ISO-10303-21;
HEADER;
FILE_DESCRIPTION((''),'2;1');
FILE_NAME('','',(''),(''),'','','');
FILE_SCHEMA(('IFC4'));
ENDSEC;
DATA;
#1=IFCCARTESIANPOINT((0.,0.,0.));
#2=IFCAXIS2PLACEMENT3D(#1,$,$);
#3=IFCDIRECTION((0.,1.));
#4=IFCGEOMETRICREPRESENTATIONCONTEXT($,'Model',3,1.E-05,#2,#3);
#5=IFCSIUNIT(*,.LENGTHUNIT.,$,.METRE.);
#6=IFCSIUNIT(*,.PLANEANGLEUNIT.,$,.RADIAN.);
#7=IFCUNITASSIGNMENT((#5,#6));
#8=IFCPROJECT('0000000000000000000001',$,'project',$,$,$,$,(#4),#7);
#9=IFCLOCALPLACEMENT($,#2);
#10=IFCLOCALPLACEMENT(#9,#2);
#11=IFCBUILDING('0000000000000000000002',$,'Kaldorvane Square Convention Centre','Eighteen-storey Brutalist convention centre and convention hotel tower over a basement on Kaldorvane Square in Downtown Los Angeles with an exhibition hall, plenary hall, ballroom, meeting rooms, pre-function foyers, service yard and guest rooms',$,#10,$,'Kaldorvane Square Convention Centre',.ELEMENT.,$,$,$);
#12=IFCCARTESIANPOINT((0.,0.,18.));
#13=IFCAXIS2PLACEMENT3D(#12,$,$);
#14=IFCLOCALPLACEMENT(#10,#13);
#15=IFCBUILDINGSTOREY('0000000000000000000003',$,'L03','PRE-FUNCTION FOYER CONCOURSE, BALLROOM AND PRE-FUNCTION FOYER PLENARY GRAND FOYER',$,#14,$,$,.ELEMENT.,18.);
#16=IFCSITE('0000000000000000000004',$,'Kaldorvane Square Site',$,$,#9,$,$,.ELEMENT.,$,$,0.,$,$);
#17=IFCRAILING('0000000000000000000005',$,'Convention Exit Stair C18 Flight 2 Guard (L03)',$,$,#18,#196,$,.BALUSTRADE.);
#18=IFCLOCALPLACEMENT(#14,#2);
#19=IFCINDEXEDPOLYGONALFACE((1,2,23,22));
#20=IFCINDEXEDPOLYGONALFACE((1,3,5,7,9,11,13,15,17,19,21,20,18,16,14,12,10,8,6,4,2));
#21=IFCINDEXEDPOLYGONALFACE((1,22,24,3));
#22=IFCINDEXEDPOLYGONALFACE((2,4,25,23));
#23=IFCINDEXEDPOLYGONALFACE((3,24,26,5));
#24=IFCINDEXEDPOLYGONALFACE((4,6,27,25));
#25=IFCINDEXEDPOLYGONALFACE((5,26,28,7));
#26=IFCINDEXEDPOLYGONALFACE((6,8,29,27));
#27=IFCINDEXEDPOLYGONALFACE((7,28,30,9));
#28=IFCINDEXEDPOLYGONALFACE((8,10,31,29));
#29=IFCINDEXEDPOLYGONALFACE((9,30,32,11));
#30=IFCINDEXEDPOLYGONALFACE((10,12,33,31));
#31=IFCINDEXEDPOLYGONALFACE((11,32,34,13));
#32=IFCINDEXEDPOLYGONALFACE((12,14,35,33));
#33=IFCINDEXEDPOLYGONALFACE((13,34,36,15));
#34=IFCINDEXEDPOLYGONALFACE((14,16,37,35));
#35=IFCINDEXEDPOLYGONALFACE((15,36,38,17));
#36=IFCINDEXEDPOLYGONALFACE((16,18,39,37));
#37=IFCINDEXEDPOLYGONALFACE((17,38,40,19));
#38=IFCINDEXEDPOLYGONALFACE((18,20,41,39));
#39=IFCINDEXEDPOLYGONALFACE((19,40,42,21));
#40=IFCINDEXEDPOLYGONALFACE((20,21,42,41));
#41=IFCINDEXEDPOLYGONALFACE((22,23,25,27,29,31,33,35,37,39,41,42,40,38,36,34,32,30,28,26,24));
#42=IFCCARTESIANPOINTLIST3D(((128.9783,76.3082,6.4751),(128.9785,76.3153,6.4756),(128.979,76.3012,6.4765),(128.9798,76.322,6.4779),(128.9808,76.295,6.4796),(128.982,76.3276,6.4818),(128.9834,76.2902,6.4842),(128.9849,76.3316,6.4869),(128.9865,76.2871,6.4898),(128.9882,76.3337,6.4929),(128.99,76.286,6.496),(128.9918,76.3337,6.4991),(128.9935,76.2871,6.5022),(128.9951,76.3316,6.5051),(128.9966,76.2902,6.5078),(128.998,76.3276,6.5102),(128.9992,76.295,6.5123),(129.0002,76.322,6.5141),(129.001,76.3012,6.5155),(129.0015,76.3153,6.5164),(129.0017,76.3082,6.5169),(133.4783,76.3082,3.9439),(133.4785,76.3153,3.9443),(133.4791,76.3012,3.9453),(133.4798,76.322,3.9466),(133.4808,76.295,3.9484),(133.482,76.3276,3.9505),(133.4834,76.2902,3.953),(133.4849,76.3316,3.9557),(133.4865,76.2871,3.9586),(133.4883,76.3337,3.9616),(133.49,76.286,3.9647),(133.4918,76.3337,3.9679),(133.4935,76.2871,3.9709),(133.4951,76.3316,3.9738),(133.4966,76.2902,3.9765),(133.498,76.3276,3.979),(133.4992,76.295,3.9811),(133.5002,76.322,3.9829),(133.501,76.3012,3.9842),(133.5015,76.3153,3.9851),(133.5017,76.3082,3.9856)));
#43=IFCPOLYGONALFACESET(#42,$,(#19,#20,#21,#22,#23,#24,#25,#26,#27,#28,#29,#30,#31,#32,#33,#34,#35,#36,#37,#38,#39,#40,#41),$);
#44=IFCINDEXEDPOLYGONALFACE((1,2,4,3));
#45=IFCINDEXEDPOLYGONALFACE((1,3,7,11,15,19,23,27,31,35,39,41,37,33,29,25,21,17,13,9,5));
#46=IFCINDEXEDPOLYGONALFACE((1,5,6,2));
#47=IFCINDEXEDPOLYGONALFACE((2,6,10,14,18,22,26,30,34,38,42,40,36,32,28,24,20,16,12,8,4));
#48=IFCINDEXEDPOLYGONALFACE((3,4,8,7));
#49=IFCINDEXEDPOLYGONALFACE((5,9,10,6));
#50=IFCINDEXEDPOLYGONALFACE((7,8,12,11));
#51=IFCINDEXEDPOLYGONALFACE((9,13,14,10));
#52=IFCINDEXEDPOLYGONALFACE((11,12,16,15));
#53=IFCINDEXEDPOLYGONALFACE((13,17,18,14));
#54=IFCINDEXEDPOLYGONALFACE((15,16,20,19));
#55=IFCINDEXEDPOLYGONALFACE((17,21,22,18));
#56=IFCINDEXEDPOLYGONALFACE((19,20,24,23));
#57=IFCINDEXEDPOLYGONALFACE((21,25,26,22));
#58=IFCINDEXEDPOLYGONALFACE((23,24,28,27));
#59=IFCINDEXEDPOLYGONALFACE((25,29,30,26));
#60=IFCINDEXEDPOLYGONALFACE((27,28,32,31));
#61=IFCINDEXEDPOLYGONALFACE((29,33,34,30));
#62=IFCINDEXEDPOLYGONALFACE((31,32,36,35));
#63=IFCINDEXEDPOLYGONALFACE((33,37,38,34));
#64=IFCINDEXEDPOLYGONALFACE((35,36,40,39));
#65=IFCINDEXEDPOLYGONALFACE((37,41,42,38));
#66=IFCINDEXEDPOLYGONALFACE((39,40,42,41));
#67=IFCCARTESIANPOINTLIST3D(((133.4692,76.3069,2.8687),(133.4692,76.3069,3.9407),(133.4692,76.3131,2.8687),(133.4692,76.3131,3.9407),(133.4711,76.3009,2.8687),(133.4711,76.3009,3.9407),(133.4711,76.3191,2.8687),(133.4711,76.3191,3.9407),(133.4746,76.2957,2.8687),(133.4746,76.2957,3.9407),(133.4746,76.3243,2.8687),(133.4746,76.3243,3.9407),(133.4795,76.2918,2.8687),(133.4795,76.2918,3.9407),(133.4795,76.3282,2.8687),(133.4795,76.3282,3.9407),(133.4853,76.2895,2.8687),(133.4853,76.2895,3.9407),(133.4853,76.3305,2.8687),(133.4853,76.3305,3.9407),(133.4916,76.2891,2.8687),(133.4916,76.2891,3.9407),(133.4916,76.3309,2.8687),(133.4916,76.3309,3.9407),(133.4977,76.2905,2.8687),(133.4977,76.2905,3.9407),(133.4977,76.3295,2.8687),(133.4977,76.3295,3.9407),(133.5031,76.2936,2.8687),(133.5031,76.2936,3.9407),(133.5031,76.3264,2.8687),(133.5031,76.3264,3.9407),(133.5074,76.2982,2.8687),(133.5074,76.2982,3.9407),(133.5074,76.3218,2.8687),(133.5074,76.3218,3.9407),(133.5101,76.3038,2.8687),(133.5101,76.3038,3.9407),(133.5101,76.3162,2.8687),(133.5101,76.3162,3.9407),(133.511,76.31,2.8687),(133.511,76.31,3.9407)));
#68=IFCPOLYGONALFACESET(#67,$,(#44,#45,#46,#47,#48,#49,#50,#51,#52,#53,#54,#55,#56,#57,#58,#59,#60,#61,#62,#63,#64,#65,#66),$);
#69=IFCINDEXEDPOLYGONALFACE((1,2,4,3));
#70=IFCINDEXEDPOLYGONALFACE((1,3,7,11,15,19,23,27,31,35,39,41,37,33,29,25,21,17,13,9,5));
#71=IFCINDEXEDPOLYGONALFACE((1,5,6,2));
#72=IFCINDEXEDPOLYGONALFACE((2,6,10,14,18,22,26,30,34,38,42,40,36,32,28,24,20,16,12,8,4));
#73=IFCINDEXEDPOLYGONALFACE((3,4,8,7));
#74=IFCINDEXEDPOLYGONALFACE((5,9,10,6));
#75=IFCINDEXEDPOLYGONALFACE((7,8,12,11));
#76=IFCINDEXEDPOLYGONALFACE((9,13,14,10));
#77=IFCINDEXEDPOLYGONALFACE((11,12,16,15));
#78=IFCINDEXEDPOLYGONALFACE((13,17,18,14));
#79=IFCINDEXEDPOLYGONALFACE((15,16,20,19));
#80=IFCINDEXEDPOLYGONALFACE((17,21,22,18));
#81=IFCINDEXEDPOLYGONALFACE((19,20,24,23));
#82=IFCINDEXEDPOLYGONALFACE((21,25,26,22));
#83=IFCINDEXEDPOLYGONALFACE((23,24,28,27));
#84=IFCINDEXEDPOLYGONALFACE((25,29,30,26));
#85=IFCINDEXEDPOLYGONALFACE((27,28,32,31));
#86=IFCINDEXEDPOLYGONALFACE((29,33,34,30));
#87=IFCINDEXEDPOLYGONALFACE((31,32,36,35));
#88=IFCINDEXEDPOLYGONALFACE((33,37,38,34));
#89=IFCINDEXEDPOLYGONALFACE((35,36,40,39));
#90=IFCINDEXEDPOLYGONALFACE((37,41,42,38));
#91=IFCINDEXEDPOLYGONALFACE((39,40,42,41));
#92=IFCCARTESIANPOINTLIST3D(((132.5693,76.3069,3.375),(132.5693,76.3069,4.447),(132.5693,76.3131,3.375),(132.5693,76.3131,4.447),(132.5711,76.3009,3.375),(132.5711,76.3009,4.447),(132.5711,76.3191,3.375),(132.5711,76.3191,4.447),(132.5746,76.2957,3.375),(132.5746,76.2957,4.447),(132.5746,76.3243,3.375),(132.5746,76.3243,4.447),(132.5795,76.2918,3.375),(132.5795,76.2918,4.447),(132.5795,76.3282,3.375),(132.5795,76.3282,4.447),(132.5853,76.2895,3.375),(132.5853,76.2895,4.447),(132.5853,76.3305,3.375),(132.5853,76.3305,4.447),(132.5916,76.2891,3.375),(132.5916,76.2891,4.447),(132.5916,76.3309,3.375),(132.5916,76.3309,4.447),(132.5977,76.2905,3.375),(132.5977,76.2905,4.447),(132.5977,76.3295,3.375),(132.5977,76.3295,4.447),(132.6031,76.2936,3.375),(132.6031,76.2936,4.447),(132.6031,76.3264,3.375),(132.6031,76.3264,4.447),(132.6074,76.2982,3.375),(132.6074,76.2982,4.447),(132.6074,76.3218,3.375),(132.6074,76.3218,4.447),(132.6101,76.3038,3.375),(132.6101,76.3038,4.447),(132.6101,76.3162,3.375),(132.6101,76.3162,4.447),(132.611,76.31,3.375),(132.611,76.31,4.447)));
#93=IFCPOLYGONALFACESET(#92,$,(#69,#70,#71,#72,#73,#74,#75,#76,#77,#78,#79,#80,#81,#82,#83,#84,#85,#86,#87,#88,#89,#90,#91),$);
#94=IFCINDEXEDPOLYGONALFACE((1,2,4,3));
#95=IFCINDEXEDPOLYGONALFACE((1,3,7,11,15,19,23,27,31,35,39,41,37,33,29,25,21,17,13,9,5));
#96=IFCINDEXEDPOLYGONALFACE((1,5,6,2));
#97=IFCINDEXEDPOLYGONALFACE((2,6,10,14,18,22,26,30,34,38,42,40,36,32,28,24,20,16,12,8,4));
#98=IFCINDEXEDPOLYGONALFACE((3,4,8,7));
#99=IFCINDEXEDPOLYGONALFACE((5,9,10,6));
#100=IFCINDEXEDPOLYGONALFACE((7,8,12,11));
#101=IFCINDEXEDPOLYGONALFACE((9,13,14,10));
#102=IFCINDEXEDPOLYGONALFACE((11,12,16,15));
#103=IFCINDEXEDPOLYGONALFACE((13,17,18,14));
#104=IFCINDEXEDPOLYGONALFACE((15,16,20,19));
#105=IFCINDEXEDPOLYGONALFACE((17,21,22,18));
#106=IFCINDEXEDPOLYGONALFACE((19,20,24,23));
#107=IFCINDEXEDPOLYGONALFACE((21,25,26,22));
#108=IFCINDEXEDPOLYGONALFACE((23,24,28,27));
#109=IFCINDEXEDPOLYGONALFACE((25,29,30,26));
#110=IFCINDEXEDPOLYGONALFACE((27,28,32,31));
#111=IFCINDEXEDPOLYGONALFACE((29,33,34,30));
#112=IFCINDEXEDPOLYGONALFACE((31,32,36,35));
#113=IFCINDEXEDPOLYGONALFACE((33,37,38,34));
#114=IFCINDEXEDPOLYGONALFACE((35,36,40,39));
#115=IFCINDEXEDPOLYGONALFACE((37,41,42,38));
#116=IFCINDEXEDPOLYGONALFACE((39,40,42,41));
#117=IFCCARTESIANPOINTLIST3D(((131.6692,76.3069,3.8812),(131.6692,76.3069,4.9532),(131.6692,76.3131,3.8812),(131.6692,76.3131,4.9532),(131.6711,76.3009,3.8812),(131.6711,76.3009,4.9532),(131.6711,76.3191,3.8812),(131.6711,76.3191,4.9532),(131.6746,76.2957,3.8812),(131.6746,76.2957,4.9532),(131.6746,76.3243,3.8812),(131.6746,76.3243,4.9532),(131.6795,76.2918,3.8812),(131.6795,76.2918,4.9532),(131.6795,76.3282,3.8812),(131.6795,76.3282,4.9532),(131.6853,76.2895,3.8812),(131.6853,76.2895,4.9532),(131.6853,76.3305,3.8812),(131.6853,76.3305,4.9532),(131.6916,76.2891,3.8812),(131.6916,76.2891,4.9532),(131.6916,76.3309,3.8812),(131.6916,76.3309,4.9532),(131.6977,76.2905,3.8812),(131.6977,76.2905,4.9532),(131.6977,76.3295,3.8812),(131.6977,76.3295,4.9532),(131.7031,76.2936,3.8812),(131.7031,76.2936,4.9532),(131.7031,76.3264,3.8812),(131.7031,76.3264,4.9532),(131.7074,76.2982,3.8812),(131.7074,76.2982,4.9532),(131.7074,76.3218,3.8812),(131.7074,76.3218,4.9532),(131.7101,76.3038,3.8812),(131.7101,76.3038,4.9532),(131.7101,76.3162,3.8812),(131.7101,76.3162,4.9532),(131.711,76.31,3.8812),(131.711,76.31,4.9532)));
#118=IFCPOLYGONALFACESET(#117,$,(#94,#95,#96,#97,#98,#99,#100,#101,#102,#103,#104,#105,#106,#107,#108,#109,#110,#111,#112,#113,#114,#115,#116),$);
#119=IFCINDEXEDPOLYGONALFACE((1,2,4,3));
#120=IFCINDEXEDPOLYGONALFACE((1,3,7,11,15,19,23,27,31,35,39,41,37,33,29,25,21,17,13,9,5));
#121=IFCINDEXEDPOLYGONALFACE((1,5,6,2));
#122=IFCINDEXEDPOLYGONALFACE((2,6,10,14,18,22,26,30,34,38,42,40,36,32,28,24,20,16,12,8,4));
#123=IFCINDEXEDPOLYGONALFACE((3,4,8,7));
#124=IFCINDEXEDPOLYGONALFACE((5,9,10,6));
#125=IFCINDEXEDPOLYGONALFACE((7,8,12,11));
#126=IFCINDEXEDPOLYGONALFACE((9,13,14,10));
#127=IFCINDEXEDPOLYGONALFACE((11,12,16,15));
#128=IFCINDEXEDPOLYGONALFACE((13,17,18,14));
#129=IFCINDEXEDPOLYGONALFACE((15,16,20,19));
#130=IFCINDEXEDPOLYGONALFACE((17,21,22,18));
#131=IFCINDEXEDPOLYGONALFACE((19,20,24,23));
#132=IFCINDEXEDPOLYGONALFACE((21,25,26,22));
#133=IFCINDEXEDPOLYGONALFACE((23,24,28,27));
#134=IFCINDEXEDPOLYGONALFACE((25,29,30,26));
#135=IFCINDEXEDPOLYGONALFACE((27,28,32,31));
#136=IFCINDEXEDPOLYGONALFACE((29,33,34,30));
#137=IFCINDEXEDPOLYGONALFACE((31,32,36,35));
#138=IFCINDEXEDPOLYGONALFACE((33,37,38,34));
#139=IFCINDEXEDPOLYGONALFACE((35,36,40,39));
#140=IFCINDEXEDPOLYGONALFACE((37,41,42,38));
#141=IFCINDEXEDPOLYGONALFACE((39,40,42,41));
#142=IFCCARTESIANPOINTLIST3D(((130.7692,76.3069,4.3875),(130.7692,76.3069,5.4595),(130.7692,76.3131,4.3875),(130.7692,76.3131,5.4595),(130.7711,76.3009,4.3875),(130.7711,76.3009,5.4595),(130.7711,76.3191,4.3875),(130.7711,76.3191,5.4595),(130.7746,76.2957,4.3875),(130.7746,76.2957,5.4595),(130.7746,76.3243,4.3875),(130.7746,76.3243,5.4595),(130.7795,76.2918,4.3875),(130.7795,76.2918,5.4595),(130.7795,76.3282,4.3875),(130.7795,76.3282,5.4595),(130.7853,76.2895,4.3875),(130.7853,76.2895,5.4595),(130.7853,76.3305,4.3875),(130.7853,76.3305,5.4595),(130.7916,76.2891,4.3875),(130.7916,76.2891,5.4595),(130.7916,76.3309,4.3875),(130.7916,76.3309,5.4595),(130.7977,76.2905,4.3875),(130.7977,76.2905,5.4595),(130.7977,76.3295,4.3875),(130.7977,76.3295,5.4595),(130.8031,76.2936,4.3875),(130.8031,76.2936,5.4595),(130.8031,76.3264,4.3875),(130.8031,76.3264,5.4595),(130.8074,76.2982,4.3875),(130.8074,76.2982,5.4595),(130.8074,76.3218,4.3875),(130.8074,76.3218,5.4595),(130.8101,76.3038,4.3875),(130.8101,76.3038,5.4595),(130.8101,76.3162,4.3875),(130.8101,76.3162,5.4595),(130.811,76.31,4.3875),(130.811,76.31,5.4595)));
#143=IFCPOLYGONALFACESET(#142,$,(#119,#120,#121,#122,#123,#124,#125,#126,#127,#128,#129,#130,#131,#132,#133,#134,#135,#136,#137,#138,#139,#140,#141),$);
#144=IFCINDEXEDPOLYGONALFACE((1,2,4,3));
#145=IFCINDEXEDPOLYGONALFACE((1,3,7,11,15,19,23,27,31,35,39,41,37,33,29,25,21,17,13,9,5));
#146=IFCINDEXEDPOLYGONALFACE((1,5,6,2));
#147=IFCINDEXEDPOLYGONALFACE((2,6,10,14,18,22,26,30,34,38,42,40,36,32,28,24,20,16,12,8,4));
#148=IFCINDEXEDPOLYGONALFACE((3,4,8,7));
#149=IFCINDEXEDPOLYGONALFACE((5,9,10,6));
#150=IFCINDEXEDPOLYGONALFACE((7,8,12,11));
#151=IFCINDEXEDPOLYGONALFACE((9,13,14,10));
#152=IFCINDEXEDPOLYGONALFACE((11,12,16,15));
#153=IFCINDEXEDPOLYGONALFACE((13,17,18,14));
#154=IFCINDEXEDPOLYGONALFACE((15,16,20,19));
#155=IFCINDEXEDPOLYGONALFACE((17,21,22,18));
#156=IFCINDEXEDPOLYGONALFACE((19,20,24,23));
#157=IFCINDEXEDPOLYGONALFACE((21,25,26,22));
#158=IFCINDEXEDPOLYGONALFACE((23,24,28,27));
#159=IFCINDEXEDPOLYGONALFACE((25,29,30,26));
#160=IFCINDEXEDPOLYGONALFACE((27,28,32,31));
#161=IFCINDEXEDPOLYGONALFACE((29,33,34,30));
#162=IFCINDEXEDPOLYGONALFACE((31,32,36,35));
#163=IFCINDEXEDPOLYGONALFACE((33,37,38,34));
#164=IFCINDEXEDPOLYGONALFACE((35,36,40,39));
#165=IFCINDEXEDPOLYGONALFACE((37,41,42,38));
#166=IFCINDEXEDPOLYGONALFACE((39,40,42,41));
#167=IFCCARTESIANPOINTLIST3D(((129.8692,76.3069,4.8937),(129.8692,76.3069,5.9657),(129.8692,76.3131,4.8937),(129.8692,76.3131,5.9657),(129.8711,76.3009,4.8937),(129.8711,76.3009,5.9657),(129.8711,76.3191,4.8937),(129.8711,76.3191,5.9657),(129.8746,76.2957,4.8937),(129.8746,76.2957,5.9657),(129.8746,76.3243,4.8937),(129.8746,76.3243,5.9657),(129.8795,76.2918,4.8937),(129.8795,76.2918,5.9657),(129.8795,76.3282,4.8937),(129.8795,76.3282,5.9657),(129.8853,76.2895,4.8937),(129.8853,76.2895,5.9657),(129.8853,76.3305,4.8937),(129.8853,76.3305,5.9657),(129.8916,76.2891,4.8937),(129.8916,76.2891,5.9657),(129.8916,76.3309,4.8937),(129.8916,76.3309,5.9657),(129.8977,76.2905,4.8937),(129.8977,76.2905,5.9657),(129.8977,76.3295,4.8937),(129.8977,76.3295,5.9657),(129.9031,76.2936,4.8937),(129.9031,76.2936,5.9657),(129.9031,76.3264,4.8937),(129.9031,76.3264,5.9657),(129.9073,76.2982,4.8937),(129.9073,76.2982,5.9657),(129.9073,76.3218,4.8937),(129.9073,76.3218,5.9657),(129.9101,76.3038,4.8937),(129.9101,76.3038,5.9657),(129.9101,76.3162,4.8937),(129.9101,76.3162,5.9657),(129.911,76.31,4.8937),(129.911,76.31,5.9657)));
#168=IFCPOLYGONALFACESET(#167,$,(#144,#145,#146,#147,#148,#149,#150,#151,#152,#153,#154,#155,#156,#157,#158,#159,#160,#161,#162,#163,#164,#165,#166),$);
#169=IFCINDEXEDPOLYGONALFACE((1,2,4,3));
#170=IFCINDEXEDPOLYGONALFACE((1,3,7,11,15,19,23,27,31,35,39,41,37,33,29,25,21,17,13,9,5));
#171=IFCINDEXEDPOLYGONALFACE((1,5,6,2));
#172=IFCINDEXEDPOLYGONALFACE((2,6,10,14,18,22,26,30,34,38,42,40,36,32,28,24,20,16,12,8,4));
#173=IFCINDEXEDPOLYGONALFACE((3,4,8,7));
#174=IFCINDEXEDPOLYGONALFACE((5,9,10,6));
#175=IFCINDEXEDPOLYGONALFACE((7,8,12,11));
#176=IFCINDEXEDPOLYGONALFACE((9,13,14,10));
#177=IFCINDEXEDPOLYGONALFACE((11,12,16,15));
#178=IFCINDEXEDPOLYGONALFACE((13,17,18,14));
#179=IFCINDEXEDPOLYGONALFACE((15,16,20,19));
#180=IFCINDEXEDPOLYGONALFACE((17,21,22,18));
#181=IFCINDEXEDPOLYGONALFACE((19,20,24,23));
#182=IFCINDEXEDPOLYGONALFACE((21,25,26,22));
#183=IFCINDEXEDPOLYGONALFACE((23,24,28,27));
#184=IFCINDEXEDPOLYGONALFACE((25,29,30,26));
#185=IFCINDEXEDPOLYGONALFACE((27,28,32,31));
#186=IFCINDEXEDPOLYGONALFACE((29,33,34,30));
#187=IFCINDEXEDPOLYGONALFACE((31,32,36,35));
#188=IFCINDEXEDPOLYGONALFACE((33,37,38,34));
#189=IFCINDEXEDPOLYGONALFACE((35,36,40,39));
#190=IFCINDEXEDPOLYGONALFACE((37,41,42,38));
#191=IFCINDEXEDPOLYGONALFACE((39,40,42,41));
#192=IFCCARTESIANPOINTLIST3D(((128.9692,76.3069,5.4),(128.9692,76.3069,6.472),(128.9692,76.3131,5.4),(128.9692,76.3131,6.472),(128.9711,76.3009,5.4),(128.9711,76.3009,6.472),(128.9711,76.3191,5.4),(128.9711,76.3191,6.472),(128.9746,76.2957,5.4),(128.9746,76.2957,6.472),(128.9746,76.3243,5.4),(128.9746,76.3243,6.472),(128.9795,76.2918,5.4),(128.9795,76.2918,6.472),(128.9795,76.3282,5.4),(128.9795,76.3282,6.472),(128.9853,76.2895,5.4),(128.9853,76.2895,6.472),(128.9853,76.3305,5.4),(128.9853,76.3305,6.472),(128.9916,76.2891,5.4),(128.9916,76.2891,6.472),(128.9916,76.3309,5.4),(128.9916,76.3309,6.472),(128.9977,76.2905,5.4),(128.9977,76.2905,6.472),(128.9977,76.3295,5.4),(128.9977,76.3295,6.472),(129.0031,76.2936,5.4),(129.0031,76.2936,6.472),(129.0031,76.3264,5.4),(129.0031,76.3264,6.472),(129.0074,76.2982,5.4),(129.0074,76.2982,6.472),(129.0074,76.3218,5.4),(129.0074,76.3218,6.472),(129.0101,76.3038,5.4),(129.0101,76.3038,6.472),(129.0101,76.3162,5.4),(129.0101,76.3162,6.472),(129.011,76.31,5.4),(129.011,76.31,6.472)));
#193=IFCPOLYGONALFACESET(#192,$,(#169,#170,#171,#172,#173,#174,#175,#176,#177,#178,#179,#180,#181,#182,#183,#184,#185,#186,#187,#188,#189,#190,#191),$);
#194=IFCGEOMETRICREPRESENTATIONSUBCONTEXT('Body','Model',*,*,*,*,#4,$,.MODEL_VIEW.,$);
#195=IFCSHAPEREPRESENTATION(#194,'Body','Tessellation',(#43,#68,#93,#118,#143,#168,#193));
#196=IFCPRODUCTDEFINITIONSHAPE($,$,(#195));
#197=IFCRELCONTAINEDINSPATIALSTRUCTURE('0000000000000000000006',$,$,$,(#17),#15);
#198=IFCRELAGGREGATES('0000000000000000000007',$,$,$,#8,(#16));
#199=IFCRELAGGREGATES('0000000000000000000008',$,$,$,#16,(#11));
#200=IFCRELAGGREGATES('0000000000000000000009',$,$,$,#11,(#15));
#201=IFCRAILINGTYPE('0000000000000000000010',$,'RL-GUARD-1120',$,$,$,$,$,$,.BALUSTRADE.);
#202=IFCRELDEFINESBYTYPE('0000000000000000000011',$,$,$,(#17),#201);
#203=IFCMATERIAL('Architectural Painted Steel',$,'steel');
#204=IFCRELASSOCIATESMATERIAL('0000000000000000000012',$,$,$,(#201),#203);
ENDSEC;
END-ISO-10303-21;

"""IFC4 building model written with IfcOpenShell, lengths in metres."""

from ifc_helpers import new_model, si_unit, direction, frame, origin, origin_2d, place, context, subcontext, project, spatial, circle, extrude, material, type_object, element, save


model = new_model("IFC4")

# Units and contexts
model_context = context("Model", 3, precision=1e-05, world=origin(), true_north=direction((0.0, 1.0)))
body_context = subcontext(model_context, "Body", "Model", "MODEL_VIEW")
ifc_project = project(units=[si_unit("LENGTHUNIT", "METRE"), si_unit("PLANEANGLEUNIT", "RADIAN")], contexts=[model_context])

# Site, building, storey
site_placement = place(None, origin())
site = spatial("IfcSite", under=ifc_project, at=site_placement, Name="Kaldorvane Square Site", CompositionType="ELEMENT", RefElevation=0.0)
building_placement = place(site_placement, origin())
building = spatial("IfcBuilding", under=site, at=building_placement, Name="Kaldorvane Square Convention Centre", Description="Eighteen-storey Brutalist convention centre and convention hotel tower over a basement on Kaldorvane Square in Downtown Los Angeles with an exhibition hall, plenary hall, ballroom, meeting rooms, pre-function foyers, service yard and guest rooms", LongName="Kaldorvane Square Convention Centre", CompositionType="ELEMENT")
storey_placement = place(building_placement, frame((0.0, 0.0, 18.0)))
storey = spatial("IfcBuildingStorey", under=building, at=storey_placement, Name="L03", Description="PRE-FUNCTION FOYER CONCOURSE, BALLROOM AND PRE-FUNCTION FOYER PLENARY GRAND FOYER", CompositionType="ELEMENT", Elevation=18.0)

# Railing
ifc_material_1 = material(Name="Architectural Painted Steel", Category="steel")
railing_type_1 = type_object("IfcRailingType", Name="RL-GUARD-1120", PredefinedType="BALUSTRADE", material=ifc_material_1)
railing_1_placement = place(storey_placement, frame((133.49, 76.31, 2.8687)))
element("IfcRailing", 1, at=railing_1_placement, inside=storey, type_object=railing_type_1, Name="Convention Exit Stair C18 Flight 2 Guard (L03)", PredefinedType="BALUSTRADE", context=body_context, shape_type="SweptSolid", body=[
    extrude(circle(Radius=0.024, at=origin_2d()), frame((0.0, 0.0, 1.096), z_axis=(-0.871576, 0.0, 0.490261), x_axis=(0.0, -1.0, 0.0)), (0.0, 0.0, 1.0), 5.1631),
    extrude(circle(Radius=0.021, at=origin_2d()), origin(), (0.0, 0.0, 1.0), 1.072),
    extrude(circle(Radius=0.021, at=origin_2d()), frame((-0.9, 0.0, 0.5063)), (0.0, 0.0, 1.0), 1.072),
    extrude(circle(Radius=0.021, at=origin_2d()), frame((-1.8, 0.0, 1.0125)), (0.0, 0.0, 1.0), 1.072),
    extrude(circle(Radius=0.021, at=origin_2d()), frame((-2.7, 0.0, 1.5188)), (0.0, 0.0, 1.0), 1.072),
    extrude(circle(Radius=0.021, at=origin_2d()), frame((-3.6, 0.0, 2.025)), (0.0, 0.0, 1.0), 1.072),
    extrude(circle(Radius=0.021, at=origin_2d()), frame((-4.5, 0.0, 2.5312)), (0.0, 0.0, 1.0), 1.072),
])

save(model, "model.ifc")
